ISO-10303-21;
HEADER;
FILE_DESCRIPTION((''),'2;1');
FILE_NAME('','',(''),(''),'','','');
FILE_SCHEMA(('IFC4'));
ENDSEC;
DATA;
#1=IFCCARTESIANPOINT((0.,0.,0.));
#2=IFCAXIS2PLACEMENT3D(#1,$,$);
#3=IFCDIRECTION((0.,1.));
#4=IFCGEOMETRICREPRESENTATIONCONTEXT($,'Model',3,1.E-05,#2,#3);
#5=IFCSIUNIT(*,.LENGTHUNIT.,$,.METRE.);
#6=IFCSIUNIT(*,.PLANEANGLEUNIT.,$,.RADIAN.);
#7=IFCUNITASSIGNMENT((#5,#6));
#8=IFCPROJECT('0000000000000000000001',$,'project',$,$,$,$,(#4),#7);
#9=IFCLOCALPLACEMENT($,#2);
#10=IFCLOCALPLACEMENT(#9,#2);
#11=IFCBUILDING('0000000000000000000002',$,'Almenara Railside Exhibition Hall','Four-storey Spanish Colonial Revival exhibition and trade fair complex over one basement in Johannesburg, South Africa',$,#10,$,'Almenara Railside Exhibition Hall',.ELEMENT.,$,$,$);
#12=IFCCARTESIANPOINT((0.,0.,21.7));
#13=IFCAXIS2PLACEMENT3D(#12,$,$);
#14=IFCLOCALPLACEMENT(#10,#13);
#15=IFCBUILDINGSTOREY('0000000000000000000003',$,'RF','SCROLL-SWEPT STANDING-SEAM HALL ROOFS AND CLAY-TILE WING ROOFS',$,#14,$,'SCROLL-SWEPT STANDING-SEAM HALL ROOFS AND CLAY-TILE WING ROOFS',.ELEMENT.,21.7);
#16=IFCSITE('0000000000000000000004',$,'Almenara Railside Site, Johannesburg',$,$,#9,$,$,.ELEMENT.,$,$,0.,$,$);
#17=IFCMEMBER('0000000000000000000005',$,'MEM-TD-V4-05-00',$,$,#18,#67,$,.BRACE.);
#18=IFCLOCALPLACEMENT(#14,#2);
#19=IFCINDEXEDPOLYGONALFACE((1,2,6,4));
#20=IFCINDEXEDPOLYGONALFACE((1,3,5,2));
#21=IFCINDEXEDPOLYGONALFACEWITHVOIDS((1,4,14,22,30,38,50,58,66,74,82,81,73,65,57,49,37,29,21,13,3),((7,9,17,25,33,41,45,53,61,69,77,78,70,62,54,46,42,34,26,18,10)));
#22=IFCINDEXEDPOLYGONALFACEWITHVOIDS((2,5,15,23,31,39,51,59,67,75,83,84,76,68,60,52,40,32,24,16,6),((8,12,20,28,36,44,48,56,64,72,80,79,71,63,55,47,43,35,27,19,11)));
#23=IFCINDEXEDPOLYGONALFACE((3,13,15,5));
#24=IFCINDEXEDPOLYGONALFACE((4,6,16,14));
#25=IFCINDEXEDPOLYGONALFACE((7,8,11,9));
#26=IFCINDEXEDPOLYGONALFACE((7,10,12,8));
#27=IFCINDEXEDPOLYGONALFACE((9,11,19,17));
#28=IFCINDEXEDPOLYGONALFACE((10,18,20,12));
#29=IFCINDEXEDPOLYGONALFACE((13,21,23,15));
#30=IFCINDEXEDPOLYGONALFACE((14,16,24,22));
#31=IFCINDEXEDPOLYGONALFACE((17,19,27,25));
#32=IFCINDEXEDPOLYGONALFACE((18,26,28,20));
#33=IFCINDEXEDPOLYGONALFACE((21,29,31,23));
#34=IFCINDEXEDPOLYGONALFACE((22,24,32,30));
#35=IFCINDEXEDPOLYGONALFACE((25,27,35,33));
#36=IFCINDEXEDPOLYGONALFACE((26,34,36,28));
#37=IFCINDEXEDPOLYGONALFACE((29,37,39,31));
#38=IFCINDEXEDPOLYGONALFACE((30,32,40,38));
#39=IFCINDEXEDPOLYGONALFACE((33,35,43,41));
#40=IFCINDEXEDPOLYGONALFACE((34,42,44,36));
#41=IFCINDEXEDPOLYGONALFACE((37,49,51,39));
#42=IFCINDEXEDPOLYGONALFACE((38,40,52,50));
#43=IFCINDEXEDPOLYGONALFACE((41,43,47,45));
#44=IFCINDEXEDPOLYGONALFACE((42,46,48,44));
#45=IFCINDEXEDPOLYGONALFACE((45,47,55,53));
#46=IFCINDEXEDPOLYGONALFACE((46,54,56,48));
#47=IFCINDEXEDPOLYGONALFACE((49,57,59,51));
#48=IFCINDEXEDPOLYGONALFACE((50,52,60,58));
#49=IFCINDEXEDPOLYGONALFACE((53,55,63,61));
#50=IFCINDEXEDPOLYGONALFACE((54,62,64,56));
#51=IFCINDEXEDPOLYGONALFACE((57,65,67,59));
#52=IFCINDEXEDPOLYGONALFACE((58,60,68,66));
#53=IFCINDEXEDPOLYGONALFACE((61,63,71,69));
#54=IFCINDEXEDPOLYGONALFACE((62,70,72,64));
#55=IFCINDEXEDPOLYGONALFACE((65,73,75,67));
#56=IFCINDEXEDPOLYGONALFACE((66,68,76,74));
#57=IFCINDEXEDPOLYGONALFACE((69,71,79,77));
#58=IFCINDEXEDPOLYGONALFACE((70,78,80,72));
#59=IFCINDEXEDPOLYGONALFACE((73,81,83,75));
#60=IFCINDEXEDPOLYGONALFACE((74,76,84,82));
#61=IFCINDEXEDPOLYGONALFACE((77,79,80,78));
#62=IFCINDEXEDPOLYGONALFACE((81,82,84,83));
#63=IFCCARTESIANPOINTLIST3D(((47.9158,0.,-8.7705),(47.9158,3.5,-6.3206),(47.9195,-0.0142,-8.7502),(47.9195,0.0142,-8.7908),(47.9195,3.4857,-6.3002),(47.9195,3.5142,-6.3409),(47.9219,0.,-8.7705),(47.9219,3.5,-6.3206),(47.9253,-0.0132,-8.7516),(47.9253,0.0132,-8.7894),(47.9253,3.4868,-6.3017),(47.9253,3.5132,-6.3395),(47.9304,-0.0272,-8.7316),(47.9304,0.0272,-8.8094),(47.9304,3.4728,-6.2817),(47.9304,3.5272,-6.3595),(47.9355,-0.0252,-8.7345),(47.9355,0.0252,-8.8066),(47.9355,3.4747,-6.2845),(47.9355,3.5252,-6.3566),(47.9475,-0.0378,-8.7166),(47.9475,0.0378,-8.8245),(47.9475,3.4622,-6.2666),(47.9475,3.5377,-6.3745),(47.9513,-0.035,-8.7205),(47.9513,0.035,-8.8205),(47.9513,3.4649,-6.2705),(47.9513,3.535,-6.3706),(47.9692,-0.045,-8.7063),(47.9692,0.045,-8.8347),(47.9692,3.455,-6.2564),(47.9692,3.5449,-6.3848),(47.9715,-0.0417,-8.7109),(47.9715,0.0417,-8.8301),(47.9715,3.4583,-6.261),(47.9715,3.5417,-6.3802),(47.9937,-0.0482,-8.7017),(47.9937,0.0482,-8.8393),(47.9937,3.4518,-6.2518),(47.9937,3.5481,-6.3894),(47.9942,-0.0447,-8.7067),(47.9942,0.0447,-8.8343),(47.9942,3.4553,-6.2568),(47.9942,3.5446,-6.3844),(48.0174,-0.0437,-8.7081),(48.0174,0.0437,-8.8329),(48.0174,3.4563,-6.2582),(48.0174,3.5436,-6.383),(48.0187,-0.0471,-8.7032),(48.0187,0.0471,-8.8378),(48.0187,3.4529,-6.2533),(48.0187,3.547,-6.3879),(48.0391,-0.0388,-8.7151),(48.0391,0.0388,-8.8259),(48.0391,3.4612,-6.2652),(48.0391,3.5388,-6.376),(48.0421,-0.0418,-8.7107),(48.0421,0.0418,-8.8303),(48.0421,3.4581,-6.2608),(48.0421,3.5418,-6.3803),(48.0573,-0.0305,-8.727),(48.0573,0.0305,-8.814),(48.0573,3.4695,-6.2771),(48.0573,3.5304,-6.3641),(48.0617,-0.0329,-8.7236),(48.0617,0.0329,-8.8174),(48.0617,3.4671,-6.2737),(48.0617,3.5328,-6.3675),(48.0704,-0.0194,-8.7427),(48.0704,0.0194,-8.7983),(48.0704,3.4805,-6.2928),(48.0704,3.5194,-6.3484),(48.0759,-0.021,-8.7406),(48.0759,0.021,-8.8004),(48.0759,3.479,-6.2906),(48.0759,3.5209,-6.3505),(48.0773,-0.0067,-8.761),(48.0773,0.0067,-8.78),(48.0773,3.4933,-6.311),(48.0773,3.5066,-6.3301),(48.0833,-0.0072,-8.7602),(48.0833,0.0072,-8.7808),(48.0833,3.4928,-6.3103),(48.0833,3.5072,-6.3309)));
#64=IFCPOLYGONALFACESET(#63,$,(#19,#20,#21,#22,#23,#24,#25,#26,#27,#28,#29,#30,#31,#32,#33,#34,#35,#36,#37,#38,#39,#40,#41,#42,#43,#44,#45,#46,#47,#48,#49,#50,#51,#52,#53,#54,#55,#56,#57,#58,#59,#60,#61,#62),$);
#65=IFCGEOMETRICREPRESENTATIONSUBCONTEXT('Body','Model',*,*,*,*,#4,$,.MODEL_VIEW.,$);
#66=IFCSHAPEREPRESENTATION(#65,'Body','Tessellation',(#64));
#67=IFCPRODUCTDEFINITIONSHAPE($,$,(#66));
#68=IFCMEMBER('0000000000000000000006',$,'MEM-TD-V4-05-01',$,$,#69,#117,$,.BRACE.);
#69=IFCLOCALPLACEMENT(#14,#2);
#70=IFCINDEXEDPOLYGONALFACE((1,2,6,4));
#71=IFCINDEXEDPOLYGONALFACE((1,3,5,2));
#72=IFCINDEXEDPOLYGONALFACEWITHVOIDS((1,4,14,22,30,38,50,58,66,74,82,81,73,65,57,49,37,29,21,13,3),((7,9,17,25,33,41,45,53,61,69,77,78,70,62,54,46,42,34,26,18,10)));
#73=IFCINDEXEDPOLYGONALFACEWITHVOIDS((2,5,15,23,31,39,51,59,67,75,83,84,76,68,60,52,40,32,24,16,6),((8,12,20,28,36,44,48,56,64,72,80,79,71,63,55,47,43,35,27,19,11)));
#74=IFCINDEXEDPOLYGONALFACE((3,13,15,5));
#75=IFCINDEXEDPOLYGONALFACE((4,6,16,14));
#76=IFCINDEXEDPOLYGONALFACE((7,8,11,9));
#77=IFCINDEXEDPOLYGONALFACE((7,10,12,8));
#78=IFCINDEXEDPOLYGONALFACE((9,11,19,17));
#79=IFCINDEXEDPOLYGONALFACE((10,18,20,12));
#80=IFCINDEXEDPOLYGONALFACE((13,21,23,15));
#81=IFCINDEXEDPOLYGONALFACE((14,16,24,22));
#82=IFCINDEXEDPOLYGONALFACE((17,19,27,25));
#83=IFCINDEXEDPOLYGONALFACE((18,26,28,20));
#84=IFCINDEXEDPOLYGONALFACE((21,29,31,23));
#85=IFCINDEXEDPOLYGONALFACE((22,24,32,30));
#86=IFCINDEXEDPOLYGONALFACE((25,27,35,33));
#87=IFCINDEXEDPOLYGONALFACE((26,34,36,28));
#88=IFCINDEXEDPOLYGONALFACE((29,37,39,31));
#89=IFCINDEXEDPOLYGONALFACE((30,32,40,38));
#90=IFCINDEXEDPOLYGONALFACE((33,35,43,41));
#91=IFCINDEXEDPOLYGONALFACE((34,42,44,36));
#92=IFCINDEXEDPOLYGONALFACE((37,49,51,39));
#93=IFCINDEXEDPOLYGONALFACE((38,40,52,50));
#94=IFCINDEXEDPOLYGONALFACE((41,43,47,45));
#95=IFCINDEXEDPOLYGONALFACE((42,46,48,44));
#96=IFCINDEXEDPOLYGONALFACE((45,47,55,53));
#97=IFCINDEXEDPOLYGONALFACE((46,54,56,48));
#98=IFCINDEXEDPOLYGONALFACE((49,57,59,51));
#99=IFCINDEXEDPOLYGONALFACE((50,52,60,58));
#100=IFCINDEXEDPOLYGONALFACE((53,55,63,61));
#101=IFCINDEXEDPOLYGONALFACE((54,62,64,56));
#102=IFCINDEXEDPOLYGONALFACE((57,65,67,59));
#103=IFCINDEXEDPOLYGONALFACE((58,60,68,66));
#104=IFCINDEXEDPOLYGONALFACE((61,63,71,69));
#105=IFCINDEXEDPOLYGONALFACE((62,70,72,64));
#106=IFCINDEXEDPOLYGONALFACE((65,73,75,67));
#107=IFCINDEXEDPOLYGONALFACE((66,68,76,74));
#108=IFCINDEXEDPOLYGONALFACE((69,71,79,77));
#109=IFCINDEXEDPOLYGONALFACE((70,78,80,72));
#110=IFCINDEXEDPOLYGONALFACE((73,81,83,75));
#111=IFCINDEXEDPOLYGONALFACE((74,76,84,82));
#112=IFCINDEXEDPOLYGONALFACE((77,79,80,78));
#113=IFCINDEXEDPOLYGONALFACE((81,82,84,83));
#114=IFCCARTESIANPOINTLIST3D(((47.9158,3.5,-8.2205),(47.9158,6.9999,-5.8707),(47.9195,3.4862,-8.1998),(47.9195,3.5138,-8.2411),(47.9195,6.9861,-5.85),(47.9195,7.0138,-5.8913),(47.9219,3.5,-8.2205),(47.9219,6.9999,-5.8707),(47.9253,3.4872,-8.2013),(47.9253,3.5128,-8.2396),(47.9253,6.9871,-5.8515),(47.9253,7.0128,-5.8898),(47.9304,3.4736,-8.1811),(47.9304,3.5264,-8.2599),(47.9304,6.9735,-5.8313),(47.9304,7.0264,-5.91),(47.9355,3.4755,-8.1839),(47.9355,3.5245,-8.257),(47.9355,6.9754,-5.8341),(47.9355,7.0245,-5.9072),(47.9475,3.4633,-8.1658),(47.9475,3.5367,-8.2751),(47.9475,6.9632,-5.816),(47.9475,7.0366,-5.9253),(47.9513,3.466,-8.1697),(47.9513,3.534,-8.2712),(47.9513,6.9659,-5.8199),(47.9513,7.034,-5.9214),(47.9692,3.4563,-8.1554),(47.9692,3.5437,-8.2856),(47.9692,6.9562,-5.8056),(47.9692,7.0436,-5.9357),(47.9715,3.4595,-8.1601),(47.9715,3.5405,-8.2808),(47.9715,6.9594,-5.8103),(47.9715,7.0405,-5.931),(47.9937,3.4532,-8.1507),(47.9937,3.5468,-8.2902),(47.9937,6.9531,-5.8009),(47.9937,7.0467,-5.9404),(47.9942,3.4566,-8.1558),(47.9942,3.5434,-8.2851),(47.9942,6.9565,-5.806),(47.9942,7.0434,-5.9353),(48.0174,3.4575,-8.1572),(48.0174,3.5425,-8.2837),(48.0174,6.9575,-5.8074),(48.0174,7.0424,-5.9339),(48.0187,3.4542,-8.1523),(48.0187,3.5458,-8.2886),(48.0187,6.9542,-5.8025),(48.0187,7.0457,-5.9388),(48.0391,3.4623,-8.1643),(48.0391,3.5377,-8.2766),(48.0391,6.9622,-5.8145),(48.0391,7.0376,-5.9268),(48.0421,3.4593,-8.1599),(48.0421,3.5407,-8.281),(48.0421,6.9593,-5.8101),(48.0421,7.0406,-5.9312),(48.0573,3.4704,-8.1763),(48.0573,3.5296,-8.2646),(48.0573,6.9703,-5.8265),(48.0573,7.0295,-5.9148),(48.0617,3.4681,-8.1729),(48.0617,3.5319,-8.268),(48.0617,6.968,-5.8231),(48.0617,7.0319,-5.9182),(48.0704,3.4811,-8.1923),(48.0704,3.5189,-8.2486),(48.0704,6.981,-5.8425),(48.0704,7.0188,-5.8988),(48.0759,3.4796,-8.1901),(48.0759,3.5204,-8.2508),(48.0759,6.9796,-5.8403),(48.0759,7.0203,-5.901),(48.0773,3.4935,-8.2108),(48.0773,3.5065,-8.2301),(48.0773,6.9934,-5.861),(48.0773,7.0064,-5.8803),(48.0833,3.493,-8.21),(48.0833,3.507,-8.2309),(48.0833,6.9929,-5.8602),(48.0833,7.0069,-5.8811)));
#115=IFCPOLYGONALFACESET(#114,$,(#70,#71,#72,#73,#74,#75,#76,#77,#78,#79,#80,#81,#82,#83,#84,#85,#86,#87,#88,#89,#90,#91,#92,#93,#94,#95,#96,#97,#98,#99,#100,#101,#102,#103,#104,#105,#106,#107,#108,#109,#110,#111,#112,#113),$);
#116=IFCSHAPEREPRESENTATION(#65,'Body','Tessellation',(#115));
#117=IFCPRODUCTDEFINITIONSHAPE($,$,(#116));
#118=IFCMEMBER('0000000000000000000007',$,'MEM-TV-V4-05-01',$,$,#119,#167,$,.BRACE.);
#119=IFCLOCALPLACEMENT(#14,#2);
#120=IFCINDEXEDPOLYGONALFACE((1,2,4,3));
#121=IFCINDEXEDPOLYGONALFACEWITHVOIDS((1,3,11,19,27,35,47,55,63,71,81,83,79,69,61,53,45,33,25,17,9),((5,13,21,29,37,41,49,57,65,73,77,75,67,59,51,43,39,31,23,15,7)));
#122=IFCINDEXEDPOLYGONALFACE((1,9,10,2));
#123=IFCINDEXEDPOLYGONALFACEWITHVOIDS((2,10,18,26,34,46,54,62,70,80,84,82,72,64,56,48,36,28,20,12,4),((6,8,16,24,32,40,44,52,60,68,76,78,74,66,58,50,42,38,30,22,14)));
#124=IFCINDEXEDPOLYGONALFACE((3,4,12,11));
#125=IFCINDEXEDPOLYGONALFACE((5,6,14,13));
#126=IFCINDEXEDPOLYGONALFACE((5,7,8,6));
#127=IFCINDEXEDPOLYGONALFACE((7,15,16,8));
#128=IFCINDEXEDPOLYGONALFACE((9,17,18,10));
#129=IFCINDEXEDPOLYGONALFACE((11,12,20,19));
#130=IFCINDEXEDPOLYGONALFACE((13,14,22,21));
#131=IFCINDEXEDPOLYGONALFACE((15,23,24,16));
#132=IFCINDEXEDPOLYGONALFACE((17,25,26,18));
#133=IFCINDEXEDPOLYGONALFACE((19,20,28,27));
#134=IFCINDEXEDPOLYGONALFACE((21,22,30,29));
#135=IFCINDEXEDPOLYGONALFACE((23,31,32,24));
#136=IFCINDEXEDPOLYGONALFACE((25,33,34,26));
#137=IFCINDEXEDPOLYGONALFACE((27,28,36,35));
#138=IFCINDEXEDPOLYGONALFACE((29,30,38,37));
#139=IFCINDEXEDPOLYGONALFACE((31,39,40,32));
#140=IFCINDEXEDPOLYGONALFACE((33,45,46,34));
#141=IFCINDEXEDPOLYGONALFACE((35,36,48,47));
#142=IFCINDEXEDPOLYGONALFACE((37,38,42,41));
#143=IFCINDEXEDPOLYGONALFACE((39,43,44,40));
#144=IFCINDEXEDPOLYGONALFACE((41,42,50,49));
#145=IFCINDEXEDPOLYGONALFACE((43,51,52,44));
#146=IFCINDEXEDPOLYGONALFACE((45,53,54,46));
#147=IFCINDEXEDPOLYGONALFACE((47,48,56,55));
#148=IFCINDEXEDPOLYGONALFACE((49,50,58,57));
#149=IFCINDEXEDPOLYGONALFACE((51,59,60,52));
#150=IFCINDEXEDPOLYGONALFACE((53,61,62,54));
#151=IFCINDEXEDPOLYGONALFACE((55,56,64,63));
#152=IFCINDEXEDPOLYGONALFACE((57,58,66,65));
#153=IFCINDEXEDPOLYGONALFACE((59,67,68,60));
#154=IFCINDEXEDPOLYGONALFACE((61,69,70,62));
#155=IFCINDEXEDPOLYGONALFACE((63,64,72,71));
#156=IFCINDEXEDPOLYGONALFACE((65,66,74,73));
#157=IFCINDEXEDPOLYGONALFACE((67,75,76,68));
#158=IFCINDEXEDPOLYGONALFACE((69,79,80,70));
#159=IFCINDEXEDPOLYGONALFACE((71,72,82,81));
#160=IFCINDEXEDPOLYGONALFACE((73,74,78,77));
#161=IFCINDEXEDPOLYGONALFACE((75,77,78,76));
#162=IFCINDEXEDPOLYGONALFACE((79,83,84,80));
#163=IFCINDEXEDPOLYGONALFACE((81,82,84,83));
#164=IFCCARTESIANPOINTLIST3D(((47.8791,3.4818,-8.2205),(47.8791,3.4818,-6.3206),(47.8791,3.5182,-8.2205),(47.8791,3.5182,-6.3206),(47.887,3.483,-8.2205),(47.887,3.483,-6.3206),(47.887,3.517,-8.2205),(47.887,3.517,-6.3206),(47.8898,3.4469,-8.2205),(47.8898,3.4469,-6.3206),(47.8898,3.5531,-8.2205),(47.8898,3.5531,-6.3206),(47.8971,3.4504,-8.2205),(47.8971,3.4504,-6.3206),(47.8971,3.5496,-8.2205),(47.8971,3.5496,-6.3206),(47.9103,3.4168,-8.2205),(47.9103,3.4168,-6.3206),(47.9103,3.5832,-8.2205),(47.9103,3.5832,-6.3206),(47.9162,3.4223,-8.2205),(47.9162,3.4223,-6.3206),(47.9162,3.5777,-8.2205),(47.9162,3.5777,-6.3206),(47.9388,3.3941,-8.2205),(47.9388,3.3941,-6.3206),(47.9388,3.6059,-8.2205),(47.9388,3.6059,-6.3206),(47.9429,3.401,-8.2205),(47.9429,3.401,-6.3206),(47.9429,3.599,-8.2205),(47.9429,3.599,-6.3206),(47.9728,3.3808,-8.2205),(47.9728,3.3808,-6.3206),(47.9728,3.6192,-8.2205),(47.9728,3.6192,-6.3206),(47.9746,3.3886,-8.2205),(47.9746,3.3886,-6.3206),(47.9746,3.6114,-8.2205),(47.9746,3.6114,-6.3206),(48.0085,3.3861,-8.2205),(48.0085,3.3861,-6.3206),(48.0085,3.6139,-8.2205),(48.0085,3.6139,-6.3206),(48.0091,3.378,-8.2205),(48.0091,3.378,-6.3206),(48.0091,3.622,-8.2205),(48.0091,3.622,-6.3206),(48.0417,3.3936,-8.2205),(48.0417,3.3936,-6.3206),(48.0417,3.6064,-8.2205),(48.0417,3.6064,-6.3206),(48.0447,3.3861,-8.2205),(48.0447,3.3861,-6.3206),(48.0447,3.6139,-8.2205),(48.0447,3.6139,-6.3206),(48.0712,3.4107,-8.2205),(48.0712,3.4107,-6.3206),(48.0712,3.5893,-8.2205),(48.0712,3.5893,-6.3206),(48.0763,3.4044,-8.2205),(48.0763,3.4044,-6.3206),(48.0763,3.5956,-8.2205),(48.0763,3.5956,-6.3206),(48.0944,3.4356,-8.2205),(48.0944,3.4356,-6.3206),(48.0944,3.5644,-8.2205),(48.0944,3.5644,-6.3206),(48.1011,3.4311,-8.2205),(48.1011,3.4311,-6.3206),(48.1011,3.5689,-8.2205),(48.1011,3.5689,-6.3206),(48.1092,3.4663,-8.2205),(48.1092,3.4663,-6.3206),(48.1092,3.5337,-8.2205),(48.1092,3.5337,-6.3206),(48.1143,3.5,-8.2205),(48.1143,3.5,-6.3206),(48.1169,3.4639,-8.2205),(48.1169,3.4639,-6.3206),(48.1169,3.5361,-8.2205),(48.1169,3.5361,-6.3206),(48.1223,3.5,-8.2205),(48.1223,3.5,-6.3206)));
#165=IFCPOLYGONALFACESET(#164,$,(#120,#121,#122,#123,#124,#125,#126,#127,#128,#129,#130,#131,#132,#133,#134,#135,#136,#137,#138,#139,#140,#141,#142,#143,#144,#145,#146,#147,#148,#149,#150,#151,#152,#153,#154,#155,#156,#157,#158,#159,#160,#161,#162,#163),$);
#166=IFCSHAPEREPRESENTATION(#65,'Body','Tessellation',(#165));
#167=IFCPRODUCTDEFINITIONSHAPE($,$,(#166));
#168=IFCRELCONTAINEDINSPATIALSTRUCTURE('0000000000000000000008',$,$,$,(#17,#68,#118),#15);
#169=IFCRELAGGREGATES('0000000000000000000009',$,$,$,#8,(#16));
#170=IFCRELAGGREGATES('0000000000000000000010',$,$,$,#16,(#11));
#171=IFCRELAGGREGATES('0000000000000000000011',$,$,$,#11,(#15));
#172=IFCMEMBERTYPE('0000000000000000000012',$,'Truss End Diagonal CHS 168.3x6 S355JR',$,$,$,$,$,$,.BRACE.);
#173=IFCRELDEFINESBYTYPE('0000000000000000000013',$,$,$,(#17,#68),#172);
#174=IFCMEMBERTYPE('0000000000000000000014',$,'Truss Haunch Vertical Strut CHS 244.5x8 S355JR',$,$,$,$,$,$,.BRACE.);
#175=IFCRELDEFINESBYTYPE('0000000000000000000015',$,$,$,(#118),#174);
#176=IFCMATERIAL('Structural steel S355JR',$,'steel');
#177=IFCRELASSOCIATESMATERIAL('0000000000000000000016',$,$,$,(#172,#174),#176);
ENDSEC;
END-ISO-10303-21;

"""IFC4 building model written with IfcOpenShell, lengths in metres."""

from ifc_helpers import new_model, si_unit, direction, frame, origin, origin_2d, place, context, subcontext, project, spatial, hollow_circle, extrude, material, material_profile, profile_set, type_object, element, save


model = new_model("IFC4")

# Units and contexts
model_context = context("Model", 3, precision=1e-05, world=origin(), true_north=direction((0.0, 1.0)))
body_context = subcontext(model_context, "Body", "Model", "MODEL_VIEW")
ifc_project = project(units=[si_unit("LENGTHUNIT", "METRE"), si_unit("PLANEANGLEUNIT", "RADIAN")], contexts=[model_context])

# Site, building, storey
site_placement = place(None, origin())
site = spatial("IfcSite", under=ifc_project, at=site_placement, Name="Almenara Railside Site, Johannesburg", CompositionType="ELEMENT", RefElevation=0.0)
building_placement = place(site_placement, origin())
building = spatial("IfcBuilding", under=site, at=building_placement, Name="Almenara Railside Exhibition Hall", Description="Four-storey Spanish Colonial Revival exhibition and trade fair complex over one basement in Johannesburg, South Africa", LongName="Almenara Railside Exhibition Hall", CompositionType="ELEMENT")
storey_placement = place(building_placement, frame((0.0, 0.0, 21.7)))
storey = spatial("IfcBuildingStorey", under=building, at=storey_placement, Name="RF", Description="SCROLL-SWEPT STANDING-SEAM HALL ROOFS AND CLAY-TILE WING ROOFS", LongName="SCROLL-SWEPT STANDING-SEAM HALL ROOFS AND CLAY-TILE WING ROOFS", CompositionType="ELEMENT", Elevation=21.7)

# Shared definitions
ifc_material_1 = material(Name="Structural steel S355JR", Category="steel")

# Members
ifc_material_profile_1 = material_profile(ifc_material_1, hollow_circle(Radius=0.0842, WallThickness=0.0061, at=origin_2d()), Name="CHS 168.3x6")
ifc_profile_set_1 = profile_set([ifc_material_profile_1], Name="Structural steel S355JR")
member_type_1 = type_object("IfcMemberType", Name="Truss End Diagonal CHS 168.3x6 S355JR", PredefinedType="BRACE", material=ifc_profile_set_1)
member_1_placement = place(storey_placement, frame((48.0, 0.0, -8.7705), z_axis=(0.0, 0.819237, 0.573455), x_axis=(-1.0, 0.0, 0.0)))
element("IfcMember", 1, at=member_1_placement, inside=storey, type_object=member_type_1, Name="MEM-TD-V4-05-00", PredefinedType="BRACE", context=body_context, shape_type="SweptSolid", body=[
    extrude(hollow_circle(Radius=0.0842, WallThickness=0.0061, at=origin_2d()), origin(), (0.0, 0.0, 1.0), 4.2722),
])
member_2_placement = place(storey_placement, frame((48.0, 3.5, -8.2205), z_axis=(0.0, 0.830237, 0.55741), x_axis=(-1.0, 0.0, 0.0)))
element("IfcMember", 2, at=member_2_placement, inside=storey, type_object=member_type_1, Name="MEM-TD-V4-05-01", PredefinedType="BRACE", context=body_context, shape_type="SweptSolid", body=[
    extrude(hollow_circle(Radius=0.0842, WallThickness=0.0061, at=origin_2d()), origin(), (0.0, 0.0, 1.0), 4.2156),
])
ifc_material_profile_2 = material_profile(ifc_material_1, hollow_circle(Radius=0.1223, WallThickness=0.0081, at=origin_2d()), Name="CHS 244.5x8")
ifc_profile_set_2 = profile_set([ifc_material_profile_2], Name="Structural steel S355JR")
member_type_2 = type_object("IfcMemberType", Name="Truss Haunch Vertical Strut CHS 244.5x8 S355JR", PredefinedType="BRACE", material=ifc_profile_set_2)
member_3_placement = place(storey_placement, frame((48.0, 3.5, -8.2205), z_axis=(0.0, 0.0, 1.0), x_axis=(1.0, 0.0, 0.0)))
element("IfcMember", 3, at=member_3_placement, inside=storey, type_object=member_type_2, Name="MEM-TV-V4-05-01", PredefinedType="BRACE", context=body_context, shape_type="SweptSolid", body=[
    extrude(hollow_circle(Radius=0.1223, WallThickness=0.0081, at=origin_2d()), origin(), (0.0, 0.0, 1.0), 1.8999),
])

save(model, "model.ifc")
